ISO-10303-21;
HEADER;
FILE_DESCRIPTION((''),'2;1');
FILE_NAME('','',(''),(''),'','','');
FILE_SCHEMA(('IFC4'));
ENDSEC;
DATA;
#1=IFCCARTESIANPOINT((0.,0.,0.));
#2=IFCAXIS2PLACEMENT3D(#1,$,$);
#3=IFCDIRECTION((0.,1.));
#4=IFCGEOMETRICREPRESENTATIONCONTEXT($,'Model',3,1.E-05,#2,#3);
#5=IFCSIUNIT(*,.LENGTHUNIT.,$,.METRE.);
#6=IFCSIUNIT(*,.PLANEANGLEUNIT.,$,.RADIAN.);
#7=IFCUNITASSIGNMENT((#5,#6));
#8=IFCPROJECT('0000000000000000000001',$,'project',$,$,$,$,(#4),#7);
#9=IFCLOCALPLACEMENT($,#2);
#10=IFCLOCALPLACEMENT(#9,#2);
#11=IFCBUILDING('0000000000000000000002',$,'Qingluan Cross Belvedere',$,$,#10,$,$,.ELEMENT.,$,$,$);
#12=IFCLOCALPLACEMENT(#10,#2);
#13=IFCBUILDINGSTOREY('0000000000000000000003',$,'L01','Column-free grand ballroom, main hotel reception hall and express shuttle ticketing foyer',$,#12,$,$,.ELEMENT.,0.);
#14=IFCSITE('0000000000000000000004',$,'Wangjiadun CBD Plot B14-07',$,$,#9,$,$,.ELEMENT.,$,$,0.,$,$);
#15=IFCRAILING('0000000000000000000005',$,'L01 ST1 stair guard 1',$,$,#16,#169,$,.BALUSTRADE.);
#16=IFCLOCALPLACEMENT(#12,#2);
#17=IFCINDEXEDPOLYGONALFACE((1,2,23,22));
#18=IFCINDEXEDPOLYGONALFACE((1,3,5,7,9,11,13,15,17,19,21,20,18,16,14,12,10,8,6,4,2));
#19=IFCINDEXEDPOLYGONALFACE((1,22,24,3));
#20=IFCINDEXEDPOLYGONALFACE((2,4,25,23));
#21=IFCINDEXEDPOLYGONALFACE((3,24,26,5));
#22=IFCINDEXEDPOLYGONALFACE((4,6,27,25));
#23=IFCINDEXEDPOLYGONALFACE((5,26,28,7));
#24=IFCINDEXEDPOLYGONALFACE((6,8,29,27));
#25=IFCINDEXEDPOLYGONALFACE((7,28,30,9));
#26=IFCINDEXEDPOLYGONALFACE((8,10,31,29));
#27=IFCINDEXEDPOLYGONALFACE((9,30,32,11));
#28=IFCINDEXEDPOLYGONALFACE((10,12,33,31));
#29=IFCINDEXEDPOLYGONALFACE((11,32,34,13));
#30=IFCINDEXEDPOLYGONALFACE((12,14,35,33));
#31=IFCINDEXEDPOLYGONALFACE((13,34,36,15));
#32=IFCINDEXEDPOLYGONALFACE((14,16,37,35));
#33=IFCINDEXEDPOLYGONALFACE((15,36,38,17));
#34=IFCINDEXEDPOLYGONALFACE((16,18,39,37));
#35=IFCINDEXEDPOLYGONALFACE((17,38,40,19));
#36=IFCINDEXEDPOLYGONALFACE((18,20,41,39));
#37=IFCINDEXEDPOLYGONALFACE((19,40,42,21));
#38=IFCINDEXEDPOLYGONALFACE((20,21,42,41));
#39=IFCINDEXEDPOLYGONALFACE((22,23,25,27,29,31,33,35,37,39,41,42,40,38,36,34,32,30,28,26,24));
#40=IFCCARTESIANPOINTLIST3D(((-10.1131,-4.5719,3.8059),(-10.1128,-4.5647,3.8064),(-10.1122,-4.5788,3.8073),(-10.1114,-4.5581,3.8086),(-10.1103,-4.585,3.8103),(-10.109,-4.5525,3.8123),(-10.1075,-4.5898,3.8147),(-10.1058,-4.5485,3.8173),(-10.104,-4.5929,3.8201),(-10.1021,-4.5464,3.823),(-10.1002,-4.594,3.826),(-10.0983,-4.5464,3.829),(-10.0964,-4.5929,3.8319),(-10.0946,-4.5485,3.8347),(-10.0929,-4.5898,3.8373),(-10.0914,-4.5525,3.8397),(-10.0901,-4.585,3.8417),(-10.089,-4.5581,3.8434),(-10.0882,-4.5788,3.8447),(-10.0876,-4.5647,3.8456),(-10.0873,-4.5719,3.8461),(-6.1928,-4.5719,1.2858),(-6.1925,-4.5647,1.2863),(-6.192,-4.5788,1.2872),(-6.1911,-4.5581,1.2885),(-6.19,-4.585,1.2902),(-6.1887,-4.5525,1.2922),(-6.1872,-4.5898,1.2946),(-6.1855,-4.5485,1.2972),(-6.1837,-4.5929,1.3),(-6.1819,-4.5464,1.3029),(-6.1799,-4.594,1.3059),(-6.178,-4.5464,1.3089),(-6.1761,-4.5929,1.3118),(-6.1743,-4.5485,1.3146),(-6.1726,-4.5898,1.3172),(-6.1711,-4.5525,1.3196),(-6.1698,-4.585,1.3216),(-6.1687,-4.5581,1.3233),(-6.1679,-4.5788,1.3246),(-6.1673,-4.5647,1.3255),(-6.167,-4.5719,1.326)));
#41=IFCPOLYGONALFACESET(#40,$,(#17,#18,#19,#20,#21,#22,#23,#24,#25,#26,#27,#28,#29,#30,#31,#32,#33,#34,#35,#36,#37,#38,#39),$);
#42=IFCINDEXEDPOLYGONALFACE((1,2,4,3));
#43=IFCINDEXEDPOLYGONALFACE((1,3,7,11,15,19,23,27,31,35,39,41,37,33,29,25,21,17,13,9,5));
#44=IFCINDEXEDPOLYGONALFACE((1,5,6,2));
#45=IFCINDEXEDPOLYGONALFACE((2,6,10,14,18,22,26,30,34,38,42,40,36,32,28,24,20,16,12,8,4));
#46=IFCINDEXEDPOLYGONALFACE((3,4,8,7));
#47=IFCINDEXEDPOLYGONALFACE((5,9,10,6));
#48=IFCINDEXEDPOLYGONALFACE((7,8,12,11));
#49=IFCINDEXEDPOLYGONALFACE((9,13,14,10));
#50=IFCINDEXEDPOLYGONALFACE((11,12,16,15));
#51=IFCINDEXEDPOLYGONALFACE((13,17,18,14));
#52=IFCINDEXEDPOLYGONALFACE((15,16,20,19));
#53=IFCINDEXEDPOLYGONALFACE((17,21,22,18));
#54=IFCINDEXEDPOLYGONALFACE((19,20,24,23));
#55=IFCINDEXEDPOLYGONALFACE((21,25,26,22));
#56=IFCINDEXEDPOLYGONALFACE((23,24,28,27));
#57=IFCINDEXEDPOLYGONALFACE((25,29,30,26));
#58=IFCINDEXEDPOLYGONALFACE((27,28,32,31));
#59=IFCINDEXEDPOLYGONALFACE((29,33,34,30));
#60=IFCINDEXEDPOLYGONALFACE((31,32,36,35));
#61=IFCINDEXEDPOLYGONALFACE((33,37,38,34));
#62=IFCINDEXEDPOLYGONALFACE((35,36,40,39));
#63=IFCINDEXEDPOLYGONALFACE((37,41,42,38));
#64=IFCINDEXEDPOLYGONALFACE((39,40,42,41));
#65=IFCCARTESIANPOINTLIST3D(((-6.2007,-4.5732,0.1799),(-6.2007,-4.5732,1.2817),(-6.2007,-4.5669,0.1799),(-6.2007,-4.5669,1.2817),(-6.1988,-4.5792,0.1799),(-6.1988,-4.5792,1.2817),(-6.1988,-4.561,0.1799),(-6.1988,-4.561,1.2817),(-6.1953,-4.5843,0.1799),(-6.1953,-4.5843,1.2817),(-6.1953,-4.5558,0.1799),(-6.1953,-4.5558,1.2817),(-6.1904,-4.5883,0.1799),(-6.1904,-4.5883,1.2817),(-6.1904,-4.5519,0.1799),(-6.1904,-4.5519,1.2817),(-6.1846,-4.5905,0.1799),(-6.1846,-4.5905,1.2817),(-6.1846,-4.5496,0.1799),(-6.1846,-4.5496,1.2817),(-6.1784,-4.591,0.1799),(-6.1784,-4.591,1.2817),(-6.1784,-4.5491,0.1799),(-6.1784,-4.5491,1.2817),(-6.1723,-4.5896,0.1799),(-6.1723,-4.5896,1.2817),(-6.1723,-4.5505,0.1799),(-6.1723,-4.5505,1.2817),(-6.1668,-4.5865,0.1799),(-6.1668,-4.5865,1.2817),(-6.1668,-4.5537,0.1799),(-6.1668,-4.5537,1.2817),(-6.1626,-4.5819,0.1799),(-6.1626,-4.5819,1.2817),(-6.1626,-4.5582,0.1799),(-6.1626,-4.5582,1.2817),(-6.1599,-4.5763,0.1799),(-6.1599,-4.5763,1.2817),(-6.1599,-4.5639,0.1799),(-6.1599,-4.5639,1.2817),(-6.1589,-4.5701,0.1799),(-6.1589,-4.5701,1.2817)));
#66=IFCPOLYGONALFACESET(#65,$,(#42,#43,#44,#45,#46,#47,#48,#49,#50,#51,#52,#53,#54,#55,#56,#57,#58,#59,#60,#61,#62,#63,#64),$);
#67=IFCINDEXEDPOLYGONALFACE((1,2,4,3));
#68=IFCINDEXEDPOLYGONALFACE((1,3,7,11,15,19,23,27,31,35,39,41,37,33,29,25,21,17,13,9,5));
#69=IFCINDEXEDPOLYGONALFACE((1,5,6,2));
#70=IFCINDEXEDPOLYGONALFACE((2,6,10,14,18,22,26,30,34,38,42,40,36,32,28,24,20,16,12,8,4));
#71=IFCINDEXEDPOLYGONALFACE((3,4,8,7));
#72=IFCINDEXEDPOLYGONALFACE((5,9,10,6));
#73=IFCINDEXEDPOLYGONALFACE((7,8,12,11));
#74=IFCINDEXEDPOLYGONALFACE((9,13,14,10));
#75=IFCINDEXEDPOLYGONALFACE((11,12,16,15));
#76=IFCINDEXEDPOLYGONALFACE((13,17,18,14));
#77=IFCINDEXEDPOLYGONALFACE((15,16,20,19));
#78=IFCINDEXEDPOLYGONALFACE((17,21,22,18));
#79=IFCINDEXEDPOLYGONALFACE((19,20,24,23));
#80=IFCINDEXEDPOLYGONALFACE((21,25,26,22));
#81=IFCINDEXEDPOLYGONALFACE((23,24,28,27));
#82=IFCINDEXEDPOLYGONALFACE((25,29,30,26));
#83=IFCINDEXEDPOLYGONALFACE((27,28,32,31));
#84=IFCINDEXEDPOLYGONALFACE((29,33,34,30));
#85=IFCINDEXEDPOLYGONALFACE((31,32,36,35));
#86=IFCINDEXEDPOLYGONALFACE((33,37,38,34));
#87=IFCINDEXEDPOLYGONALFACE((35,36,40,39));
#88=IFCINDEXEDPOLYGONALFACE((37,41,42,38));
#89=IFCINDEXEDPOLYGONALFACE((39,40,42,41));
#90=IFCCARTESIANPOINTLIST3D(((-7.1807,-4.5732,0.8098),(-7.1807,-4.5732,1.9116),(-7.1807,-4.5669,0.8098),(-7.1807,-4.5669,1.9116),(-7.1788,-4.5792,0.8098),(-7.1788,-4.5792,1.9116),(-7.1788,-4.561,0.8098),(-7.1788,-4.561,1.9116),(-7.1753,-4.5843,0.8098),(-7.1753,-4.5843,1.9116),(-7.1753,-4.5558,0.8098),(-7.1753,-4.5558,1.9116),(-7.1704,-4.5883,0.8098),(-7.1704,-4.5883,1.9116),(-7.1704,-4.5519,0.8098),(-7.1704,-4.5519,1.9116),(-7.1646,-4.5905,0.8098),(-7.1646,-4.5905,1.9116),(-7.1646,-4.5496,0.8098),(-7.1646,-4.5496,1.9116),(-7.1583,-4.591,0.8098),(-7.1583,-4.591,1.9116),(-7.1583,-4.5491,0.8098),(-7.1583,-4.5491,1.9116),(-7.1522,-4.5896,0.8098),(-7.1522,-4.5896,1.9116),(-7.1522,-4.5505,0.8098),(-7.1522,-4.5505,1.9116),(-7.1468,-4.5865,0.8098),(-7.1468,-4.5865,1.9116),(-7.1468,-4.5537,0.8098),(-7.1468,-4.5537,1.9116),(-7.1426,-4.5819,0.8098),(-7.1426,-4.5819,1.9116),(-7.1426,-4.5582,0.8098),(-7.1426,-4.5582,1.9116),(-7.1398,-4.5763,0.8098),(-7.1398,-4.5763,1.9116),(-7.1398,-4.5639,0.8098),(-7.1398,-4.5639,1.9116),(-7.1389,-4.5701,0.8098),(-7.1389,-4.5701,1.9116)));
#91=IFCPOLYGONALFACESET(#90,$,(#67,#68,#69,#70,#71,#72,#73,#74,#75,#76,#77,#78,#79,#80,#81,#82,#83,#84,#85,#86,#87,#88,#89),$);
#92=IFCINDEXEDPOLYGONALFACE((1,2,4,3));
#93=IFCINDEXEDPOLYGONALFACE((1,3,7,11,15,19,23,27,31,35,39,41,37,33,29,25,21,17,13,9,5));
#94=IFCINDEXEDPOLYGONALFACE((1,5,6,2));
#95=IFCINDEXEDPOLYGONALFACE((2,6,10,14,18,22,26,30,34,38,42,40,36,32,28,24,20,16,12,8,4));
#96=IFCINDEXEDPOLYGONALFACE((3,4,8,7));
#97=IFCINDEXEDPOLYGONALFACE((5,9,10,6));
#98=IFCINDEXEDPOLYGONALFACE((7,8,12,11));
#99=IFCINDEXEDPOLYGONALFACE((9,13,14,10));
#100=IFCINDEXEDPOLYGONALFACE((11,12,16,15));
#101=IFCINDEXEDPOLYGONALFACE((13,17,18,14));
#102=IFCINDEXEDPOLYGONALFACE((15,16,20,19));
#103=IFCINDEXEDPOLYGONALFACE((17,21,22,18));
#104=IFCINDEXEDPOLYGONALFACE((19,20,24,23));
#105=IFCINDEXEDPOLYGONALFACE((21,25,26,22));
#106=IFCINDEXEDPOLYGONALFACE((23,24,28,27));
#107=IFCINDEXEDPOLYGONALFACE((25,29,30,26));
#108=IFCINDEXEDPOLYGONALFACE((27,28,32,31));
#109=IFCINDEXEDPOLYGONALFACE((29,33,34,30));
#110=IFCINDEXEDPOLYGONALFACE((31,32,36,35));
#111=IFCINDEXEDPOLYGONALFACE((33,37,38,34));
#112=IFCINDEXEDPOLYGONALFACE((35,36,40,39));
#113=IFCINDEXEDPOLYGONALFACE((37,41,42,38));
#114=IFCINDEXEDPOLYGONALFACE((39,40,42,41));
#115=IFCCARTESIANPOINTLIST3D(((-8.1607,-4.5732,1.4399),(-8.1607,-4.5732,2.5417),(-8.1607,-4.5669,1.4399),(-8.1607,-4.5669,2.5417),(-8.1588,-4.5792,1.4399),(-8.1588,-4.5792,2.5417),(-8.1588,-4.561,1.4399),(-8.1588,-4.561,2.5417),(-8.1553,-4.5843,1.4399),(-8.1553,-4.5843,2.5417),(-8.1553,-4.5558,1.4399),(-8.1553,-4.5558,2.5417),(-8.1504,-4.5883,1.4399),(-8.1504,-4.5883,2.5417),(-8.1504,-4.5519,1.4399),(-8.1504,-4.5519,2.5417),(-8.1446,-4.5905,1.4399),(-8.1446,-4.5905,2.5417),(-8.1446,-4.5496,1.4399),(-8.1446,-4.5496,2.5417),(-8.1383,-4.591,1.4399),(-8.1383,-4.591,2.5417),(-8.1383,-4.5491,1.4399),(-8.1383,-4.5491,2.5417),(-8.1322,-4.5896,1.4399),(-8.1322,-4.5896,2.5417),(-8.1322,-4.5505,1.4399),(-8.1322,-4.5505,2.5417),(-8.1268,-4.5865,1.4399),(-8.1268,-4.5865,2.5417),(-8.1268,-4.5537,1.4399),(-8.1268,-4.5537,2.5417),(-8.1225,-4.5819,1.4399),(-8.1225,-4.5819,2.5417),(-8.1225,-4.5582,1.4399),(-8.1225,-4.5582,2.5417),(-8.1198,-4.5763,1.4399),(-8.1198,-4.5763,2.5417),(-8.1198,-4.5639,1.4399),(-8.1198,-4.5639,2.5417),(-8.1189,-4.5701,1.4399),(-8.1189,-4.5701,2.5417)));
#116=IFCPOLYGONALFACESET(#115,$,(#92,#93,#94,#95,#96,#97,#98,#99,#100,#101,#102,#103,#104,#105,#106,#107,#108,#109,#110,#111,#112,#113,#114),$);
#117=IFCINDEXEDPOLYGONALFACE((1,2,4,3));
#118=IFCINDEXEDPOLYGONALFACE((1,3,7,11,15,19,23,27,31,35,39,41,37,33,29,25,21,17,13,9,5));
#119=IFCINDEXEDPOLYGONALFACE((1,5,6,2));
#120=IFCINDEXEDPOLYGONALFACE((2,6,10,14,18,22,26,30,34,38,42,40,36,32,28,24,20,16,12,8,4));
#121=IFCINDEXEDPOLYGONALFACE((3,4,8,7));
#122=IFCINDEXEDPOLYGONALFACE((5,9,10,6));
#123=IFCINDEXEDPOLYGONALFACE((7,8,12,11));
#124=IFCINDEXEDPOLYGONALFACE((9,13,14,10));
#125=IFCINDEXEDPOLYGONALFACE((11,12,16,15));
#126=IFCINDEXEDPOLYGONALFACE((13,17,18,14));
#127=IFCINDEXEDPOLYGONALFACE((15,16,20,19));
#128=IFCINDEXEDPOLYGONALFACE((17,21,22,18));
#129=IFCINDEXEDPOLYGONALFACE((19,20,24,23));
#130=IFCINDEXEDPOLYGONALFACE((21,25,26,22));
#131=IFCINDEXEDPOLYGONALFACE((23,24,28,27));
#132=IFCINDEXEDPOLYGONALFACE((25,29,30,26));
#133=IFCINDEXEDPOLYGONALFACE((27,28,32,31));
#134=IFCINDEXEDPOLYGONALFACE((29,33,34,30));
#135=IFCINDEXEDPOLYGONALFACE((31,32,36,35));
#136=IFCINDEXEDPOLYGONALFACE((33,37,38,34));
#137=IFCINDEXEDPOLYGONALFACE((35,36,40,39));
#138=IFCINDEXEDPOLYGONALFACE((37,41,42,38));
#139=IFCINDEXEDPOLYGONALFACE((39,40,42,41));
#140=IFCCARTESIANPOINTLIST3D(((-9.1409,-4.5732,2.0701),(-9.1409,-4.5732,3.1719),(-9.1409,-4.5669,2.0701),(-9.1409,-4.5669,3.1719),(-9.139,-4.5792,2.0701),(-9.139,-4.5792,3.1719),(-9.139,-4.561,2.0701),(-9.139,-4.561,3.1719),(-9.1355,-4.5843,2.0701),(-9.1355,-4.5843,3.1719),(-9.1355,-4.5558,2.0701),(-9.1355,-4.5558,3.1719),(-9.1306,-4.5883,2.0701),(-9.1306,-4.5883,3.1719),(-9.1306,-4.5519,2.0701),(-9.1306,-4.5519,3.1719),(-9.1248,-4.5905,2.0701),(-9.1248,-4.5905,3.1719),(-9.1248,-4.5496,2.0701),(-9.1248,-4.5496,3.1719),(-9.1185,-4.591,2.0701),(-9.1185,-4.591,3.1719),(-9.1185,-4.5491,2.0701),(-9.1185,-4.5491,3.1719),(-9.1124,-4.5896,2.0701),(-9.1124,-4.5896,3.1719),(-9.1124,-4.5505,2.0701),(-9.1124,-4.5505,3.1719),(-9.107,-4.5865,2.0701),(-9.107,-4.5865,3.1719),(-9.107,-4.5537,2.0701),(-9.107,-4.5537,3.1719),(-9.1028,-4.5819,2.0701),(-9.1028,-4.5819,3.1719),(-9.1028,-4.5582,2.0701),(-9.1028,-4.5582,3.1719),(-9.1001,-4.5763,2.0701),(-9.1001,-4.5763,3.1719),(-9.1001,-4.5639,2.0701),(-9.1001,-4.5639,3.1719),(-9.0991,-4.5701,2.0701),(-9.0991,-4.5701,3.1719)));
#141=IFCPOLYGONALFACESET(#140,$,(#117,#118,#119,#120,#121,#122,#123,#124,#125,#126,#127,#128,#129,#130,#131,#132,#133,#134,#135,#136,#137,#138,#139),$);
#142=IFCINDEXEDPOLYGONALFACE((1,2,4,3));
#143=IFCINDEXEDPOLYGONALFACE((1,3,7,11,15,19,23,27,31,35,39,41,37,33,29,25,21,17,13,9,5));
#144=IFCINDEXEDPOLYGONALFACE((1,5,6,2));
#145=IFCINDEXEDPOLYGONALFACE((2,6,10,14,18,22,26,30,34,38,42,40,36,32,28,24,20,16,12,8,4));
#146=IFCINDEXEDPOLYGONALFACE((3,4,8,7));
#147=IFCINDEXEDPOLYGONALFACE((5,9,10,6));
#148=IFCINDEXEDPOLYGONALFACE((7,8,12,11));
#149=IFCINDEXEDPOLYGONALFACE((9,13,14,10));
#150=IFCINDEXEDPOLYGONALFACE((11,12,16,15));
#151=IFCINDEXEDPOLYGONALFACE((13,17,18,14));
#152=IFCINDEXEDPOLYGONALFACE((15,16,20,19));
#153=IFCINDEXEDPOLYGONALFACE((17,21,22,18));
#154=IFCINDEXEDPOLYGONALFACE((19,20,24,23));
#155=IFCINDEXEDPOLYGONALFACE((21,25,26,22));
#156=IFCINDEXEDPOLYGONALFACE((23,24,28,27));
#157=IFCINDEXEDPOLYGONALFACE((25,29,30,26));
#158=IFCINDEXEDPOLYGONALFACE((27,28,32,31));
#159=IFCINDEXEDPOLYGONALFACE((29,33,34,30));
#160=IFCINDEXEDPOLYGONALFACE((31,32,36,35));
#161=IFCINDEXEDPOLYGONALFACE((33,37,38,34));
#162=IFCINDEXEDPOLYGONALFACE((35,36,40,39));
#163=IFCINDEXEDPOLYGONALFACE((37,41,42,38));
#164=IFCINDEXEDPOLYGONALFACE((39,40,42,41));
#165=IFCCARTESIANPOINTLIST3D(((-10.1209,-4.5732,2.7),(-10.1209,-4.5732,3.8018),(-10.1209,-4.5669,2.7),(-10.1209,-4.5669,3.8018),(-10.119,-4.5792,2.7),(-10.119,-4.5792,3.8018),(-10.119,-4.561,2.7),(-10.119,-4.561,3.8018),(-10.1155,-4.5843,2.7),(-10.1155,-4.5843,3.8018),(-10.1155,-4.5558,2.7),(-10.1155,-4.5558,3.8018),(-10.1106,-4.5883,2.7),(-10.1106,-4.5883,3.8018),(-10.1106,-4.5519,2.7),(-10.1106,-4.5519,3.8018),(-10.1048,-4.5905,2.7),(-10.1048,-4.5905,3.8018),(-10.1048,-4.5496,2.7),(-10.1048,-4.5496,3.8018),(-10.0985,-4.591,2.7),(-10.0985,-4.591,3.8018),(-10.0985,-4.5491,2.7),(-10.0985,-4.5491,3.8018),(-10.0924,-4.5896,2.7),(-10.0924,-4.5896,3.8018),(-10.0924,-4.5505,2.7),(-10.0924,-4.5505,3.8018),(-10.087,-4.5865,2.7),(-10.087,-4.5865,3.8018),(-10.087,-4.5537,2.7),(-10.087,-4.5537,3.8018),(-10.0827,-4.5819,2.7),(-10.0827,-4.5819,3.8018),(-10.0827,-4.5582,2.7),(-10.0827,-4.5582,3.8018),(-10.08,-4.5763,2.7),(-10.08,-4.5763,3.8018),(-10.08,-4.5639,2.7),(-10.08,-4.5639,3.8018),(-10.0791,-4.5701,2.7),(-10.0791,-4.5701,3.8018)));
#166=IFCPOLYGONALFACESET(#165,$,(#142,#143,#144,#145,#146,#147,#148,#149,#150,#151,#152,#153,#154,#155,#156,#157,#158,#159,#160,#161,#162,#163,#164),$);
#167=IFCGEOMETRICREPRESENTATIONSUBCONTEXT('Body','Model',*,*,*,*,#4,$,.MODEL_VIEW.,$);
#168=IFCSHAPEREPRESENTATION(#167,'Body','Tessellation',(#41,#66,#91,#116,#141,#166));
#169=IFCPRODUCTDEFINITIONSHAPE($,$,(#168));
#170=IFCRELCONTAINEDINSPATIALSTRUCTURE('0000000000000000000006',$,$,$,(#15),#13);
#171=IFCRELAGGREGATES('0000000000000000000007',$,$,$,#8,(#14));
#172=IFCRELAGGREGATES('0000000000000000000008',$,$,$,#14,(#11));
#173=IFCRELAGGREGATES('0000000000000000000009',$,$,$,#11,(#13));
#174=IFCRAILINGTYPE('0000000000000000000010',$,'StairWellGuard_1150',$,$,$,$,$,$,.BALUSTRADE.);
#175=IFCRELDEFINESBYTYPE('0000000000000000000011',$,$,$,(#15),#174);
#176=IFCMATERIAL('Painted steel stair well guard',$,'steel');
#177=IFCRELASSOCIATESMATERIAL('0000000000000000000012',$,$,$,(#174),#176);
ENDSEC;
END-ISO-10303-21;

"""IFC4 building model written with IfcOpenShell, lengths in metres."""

from ifc_helpers import new_model, si_unit, direction, frame, origin, origin_2d, place, context, subcontext, project, spatial, circle, extrude, material, type_object, element, save


model = new_model("IFC4")

# Units and contexts
model_context = context("Model", 3, precision=1e-05, world=origin(), true_north=direction((0.0, 1.0)))
body_context = subcontext(model_context, "Body", "Model", "MODEL_VIEW")
ifc_project = project(units=[si_unit("LENGTHUNIT", "METRE"), si_unit("PLANEANGLEUNIT", "RADIAN")], contexts=[model_context])

# Site, building, storey
site_placement = place(None, origin())
site = spatial("IfcSite", under=ifc_project, at=site_placement, Name="Wangjiadun CBD Plot B14-07", CompositionType="ELEMENT", RefElevation=0.0)
building_placement = place(site_placement, origin())
building = spatial("IfcBuilding", under=site, at=building_placement, Name="Qingluan Cross Belvedere", CompositionType="ELEMENT")
storey_placement = place(building_placement, origin())
storey = spatial("IfcBuildingStorey", under=building, at=storey_placement, Name="L01", Description="Column-free grand ballroom, main hotel reception hall and express shuttle ticketing foyer", CompositionType="ELEMENT", Elevation=0.0)

# Railing
ifc_material_1 = material(Name="Painted steel stair well guard", Category="steel")
railing_type_1 = type_object("IfcRailingType", Name="StairWellGuard_1150", PredefinedType="BALUSTRADE", material=ifc_material_1)
railing_1_placement = place(storey_placement, frame((-6.1799, -4.5701, 0.1799)))
element("IfcRailing", 1, at=railing_1_placement, inside=storey, type_object=railing_type_1, Name="L01 ST1 stair guard 1", PredefinedType="BALUSTRADE", context=body_context, shape_type="SweptSolid", body=[
    extrude(circle(Radius=0.0239, at=origin_2d()), frame((0.0, 0.0, 1.126), z_axis=(-0.841187, 0.0, 0.540744), x_axis=(0.0, -1.0, 0.0)), (0.0, 0.0, 1.0), 4.6604),
    extrude(circle(Radius=0.021, at=origin_2d()), origin(), (0.0, 0.0, 1.0), 1.1018),
    extrude(circle(Radius=0.021, at=origin_2d()), frame((-0.98, 0.0, 0.6299)), (0.0, 0.0, 1.0), 1.1018),
    extrude(circle(Radius=0.021, at=origin_2d()), frame((-1.96, 0.0, 1.26)), (0.0, 0.0, 1.0), 1.1018),
    extrude(circle(Radius=0.021, at=origin_2d()), frame((-2.9402, 0.0, 1.8901)), (0.0, 0.0, 1.0), 1.1018),
    extrude(circle(Radius=0.021, at=origin_2d()), frame((-3.9202, 0.0, 2.52)), (0.0, 0.0, 1.0), 1.1018),
])

save(model, "model.ifc")
